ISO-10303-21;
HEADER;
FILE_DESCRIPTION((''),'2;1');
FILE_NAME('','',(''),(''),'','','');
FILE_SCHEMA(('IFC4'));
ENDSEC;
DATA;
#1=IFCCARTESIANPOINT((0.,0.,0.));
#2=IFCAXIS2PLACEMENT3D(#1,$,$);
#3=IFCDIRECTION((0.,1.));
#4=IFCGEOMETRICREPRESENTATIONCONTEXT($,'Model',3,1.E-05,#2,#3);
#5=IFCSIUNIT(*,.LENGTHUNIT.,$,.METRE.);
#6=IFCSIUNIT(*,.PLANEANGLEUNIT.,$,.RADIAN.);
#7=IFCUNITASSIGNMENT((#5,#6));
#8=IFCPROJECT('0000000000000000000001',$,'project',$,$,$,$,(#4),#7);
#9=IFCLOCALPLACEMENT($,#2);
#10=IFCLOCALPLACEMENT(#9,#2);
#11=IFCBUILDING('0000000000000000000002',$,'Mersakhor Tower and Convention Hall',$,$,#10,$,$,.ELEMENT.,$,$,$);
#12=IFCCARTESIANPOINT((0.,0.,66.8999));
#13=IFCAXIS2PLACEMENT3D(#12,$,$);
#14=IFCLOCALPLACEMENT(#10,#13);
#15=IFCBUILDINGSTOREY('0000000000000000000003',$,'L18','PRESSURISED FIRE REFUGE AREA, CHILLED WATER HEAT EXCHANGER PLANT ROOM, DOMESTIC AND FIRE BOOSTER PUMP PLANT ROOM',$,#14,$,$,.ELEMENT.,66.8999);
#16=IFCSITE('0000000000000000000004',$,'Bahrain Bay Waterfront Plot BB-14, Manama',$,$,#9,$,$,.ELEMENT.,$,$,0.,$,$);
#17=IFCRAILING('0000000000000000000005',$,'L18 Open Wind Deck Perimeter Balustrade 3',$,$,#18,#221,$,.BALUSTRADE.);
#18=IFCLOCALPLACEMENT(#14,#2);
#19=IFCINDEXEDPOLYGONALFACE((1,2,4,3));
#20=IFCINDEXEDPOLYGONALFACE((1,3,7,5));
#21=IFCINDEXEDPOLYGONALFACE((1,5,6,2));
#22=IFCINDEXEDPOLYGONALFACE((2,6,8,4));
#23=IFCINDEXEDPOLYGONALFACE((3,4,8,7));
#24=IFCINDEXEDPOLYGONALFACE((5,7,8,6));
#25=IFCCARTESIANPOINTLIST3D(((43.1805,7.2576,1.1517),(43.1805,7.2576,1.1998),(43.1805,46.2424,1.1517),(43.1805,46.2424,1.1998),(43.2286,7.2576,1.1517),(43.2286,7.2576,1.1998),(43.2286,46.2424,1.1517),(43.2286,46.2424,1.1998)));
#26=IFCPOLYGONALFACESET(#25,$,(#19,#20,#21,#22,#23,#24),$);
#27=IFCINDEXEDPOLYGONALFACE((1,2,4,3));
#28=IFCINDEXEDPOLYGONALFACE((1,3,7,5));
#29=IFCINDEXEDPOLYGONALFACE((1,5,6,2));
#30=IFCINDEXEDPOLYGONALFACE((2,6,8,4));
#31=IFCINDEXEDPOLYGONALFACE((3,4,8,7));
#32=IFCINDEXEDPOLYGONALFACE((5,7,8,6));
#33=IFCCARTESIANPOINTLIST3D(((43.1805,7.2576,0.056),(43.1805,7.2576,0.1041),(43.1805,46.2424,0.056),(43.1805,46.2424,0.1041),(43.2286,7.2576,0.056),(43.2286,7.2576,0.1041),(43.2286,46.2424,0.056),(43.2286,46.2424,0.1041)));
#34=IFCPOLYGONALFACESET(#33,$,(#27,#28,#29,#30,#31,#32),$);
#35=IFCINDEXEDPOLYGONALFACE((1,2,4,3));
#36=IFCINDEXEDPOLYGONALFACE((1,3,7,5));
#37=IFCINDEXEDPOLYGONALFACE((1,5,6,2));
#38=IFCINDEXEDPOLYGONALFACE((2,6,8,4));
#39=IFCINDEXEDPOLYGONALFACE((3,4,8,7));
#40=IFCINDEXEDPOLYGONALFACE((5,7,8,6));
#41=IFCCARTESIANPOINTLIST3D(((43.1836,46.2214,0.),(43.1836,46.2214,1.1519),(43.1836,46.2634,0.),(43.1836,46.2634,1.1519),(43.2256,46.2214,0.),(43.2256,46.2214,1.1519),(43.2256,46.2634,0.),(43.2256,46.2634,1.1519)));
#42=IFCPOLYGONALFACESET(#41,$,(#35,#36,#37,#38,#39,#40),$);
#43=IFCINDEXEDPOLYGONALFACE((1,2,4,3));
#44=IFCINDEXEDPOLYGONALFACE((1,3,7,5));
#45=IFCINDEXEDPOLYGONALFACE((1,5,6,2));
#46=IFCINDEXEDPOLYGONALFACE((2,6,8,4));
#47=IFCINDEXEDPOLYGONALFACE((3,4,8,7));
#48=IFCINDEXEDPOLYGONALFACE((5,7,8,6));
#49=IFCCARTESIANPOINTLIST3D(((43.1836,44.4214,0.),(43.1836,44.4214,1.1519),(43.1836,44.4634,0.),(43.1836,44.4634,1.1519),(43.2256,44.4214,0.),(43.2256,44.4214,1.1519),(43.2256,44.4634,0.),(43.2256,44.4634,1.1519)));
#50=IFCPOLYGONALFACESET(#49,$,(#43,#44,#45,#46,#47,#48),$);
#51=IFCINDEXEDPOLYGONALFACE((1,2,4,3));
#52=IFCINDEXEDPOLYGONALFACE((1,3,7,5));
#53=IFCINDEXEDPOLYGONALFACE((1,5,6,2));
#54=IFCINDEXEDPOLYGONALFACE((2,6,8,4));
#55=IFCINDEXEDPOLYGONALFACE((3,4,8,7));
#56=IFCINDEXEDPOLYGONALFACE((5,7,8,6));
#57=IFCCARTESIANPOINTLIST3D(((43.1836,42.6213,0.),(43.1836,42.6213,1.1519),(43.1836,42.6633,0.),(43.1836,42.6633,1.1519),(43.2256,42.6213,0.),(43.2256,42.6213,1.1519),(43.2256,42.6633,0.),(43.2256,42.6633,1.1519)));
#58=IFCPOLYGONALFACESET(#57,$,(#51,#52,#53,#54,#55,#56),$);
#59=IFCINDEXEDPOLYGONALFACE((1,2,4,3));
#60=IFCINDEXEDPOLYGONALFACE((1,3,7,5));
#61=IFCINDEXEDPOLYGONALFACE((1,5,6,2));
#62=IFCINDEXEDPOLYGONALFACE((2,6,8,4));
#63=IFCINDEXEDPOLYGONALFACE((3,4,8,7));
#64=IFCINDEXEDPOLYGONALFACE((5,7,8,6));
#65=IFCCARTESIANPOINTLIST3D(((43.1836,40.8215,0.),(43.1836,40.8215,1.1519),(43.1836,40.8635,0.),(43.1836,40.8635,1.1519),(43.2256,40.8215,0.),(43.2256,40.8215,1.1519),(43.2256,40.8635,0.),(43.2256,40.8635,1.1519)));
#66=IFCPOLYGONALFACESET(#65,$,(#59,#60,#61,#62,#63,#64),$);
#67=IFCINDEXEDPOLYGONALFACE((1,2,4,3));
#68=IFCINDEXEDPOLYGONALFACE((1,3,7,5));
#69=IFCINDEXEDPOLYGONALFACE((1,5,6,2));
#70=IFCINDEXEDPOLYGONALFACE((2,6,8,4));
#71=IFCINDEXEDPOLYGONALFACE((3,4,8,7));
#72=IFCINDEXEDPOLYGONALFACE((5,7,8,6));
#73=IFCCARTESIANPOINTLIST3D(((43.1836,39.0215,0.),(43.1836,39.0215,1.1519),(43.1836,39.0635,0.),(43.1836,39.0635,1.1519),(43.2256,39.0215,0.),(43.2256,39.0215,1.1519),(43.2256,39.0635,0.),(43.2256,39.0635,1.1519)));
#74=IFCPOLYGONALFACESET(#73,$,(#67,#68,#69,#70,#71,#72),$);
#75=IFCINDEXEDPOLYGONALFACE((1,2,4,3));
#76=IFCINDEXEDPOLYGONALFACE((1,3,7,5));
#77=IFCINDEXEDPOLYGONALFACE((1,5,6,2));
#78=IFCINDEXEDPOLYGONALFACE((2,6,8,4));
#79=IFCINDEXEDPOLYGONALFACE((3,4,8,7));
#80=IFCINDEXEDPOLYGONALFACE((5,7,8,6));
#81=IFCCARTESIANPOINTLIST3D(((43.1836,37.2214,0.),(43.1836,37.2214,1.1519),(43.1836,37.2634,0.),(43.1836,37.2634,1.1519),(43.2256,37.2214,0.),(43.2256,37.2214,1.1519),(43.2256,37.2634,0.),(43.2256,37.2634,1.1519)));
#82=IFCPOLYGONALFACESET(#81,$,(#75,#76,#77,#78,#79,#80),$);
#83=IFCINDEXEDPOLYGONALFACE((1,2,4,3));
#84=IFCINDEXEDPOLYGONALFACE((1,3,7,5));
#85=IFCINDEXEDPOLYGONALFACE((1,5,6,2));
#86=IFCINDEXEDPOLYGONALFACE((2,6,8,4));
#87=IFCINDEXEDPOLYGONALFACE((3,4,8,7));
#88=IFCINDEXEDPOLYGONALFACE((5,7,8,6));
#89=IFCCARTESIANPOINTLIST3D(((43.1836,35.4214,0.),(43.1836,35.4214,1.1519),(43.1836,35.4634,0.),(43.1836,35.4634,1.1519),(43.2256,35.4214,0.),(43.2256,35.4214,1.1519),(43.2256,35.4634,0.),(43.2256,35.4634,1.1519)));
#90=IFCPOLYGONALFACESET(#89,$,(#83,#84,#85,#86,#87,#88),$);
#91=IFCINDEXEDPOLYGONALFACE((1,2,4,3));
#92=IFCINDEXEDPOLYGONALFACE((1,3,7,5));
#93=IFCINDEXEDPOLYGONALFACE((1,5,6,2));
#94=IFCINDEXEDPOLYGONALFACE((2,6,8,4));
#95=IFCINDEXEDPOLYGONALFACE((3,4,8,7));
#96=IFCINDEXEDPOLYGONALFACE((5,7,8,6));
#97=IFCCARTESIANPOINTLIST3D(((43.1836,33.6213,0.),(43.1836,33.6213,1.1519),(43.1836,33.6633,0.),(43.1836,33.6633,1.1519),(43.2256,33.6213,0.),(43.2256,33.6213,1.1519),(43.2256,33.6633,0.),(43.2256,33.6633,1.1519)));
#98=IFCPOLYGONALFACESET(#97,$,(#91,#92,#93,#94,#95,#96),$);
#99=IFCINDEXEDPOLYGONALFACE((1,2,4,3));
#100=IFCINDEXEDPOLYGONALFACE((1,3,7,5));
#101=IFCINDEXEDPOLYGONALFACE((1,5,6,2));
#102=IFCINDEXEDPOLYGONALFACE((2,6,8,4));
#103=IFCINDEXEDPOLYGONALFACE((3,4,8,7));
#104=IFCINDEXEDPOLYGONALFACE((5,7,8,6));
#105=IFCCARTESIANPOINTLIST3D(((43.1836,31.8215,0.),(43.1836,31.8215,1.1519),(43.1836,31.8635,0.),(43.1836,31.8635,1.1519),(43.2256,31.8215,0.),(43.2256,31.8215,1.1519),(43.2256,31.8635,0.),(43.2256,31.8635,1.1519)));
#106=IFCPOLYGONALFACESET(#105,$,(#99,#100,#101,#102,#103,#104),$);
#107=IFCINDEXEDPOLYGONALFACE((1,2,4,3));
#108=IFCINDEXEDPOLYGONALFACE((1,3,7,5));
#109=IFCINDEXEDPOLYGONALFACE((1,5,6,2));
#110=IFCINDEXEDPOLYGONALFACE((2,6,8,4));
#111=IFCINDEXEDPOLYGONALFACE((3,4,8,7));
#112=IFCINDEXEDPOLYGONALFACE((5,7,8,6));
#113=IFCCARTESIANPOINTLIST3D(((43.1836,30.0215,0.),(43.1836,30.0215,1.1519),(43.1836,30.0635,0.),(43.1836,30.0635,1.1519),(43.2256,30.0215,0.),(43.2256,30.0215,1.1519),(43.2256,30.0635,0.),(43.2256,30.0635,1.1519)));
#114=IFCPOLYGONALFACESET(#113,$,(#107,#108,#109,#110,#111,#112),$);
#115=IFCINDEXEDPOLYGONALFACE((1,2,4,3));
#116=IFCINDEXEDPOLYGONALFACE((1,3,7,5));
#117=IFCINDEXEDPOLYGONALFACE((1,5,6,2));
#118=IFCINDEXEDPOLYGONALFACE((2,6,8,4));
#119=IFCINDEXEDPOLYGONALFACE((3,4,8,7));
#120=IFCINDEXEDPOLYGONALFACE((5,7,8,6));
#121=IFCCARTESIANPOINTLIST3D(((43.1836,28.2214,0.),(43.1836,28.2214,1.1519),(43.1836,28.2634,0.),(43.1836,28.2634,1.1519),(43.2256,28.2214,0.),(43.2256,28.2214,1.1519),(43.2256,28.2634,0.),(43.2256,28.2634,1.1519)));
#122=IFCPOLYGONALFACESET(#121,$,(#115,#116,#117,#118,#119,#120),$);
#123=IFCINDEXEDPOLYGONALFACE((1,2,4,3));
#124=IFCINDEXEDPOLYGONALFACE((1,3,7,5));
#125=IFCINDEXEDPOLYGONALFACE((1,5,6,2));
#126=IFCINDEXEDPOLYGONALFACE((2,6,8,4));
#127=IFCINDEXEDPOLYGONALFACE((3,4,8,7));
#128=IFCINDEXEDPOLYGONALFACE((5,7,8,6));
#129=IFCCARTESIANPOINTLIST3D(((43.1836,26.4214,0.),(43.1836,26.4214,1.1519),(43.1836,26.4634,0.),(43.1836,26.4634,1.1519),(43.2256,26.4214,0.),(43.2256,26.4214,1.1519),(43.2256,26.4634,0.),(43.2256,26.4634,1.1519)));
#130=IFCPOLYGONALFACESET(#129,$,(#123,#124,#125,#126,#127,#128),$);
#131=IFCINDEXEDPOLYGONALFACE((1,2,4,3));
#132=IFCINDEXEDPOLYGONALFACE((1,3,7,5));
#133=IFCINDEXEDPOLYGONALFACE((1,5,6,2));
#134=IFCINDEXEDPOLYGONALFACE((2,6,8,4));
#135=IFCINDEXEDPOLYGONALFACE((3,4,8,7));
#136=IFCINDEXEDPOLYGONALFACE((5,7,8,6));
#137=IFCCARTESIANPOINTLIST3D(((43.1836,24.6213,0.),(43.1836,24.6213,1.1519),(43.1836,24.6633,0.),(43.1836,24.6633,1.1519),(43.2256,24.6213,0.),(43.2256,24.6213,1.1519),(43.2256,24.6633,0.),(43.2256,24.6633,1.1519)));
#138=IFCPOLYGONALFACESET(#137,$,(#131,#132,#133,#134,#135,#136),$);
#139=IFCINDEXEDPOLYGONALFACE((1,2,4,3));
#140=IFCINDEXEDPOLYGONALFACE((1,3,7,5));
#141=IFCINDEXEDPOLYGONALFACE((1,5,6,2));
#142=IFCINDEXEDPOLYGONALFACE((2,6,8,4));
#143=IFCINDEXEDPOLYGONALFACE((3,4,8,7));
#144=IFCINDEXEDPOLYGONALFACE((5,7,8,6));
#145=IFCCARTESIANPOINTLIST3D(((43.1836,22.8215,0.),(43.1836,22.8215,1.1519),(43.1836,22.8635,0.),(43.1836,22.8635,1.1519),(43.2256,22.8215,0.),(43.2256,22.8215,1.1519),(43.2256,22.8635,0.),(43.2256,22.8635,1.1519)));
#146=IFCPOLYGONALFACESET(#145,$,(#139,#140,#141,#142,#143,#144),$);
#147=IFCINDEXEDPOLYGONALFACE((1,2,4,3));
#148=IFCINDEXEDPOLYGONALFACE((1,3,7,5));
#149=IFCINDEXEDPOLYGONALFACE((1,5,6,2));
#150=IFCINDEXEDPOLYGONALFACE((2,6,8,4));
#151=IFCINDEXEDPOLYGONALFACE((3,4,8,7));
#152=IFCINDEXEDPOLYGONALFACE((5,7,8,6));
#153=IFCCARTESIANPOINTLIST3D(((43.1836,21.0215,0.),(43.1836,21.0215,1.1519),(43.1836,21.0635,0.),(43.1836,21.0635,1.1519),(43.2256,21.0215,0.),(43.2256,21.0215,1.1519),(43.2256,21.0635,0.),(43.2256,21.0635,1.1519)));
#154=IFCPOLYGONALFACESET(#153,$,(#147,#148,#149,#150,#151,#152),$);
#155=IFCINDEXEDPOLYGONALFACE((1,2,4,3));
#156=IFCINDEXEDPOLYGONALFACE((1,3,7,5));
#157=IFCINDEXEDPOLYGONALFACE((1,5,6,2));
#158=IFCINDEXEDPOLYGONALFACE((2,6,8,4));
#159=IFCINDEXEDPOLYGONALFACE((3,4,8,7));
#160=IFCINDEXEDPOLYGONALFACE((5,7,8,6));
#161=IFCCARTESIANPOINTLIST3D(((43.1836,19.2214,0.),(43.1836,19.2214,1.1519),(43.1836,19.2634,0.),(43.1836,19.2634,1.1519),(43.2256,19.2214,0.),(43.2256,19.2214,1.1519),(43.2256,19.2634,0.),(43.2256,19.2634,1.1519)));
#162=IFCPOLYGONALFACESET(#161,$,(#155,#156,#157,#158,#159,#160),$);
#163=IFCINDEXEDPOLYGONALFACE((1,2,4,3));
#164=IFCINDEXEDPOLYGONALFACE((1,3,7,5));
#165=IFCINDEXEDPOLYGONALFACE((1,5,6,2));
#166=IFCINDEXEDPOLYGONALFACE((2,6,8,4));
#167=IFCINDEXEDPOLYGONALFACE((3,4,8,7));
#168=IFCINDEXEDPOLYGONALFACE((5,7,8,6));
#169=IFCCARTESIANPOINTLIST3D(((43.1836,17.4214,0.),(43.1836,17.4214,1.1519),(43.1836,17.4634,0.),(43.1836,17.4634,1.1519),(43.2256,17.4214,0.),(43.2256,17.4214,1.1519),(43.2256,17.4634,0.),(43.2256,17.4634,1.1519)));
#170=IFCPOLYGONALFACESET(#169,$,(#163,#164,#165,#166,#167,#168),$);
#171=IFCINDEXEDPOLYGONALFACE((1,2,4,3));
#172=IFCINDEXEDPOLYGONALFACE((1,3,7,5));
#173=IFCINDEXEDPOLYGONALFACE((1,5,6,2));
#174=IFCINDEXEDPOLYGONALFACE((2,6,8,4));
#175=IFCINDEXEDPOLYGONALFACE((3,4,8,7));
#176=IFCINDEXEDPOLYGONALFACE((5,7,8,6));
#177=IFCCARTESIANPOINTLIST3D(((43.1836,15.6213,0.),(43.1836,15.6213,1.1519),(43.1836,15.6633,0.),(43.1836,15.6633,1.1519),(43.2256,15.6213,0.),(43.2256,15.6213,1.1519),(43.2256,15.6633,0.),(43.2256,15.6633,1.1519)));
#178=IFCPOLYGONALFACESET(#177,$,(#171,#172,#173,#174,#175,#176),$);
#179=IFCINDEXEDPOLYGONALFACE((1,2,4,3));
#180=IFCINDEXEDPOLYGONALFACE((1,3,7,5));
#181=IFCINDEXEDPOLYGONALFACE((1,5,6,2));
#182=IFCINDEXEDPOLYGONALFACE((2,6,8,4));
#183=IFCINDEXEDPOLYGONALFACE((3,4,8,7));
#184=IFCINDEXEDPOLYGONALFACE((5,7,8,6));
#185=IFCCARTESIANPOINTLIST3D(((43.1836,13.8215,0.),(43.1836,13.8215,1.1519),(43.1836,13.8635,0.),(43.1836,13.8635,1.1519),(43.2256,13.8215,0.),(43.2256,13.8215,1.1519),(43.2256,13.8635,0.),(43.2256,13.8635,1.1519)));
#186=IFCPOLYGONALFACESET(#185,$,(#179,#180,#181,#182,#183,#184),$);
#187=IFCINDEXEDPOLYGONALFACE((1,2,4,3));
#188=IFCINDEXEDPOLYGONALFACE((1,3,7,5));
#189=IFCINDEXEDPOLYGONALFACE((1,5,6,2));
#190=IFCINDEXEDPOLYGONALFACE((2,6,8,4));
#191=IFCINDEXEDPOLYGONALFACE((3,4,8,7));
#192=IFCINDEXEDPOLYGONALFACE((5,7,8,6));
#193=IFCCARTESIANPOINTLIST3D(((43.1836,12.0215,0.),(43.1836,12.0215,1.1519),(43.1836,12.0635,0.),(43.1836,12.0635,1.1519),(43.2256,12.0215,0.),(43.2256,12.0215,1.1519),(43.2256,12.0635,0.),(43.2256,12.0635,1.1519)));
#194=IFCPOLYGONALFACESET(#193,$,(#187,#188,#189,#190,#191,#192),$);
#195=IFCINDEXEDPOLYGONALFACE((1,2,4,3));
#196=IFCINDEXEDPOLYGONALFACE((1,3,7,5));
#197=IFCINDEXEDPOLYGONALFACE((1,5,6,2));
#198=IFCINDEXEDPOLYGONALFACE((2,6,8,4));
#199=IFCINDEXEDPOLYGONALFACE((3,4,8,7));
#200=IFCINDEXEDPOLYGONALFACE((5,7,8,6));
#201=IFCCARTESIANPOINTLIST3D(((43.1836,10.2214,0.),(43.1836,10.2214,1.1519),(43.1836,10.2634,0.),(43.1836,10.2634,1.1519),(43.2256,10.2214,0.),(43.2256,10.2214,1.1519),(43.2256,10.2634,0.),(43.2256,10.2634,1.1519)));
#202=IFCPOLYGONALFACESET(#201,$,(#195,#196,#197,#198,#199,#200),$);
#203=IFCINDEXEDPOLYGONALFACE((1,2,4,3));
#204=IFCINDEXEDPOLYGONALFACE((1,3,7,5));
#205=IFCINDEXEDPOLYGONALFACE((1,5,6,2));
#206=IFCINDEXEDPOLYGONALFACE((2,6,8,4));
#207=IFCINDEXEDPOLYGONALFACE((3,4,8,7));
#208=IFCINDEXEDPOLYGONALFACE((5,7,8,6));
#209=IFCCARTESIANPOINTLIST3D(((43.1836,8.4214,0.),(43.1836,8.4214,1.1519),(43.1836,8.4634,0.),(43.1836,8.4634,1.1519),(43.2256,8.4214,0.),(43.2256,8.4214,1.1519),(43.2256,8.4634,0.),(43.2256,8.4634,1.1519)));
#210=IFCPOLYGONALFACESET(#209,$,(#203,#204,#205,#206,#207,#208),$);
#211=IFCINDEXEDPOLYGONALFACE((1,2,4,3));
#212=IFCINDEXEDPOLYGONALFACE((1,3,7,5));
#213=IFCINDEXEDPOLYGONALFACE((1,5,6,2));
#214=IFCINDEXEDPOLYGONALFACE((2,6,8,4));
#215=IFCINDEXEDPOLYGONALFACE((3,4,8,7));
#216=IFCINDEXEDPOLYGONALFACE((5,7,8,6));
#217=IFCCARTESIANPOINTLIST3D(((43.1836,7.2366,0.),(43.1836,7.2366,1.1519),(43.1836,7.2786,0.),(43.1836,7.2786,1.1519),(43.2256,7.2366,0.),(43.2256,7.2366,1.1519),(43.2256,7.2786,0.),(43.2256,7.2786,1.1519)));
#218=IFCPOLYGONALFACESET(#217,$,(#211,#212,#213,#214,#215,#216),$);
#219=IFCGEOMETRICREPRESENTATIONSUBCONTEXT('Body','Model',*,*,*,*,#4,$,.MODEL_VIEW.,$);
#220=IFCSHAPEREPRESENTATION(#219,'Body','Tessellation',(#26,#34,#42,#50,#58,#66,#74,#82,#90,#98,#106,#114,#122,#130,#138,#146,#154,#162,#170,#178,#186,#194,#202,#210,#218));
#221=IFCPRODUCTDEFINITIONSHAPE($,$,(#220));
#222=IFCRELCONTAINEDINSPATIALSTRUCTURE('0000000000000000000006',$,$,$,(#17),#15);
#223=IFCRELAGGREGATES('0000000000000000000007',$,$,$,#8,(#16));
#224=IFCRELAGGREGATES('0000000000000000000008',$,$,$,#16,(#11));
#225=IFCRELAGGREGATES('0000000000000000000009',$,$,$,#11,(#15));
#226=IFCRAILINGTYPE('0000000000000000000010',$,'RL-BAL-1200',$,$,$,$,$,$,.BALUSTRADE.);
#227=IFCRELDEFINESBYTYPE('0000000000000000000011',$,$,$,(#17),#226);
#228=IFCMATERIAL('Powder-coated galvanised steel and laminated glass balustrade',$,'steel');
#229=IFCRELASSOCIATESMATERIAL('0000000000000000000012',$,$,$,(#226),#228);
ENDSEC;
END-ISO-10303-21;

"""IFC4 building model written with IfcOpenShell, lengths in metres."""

from ifc_helpers import new_model, si_unit, direction, frame, origin, origin_2d, place, context, subcontext, project, spatial, rectangle, extrude, material, type_object, element, save


model = new_model("IFC4")

# Units and contexts
model_context = context("Model", 3, precision=1e-05, world=origin(), true_north=direction((0.0, 1.0)))
body_context = subcontext(model_context, "Body", "Model", "MODEL_VIEW")
ifc_project = project(units=[si_unit("LENGTHUNIT", "METRE"), si_unit("PLANEANGLEUNIT", "RADIAN")], contexts=[model_context])

# Site, building, storey
site_placement = place(None, origin())
site = spatial("IfcSite", under=ifc_project, at=site_placement, Name="Bahrain Bay Waterfront Plot BB-14, Manama", CompositionType="ELEMENT", RefElevation=0.0)
building_placement = place(site_placement, origin())
building = spatial("IfcBuilding", under=site, at=building_placement, Name="Mersakhor Tower and Convention Hall", CompositionType="ELEMENT")
storey_placement = place(building_placement, frame((0.0, 0.0, 66.8999)))
storey = spatial("IfcBuildingStorey", under=building, at=storey_placement, Name="L18", Description="PRESSURISED FIRE REFUGE AREA, CHILLED WATER HEAT EXCHANGER PLANT ROOM, DOMESTIC AND FIRE BOOSTER PUMP PLANT ROOM", CompositionType="ELEMENT", Elevation=66.8999)

# Railing
ifc_material_1 = material(Name="Powder-coated galvanised steel and laminated glass balustrade", Category="steel")
railing_type = type_object("IfcRailingType", Name="RL-BAL-1200", PredefinedType="BALUSTRADE", material=ifc_material_1)
railing_1_placement = place(storey_placement, frame((43.2046, 46.2424, 0.0)))
element("IfcRailing", 1, at=railing_1_placement, inside=storey, type_object=railing_type, Name="L18 Open Wind Deck Perimeter Balustrade 3", PredefinedType="BALUSTRADE", context=body_context, shape_type="SweptSolid", body=[
    extrude(rectangle(XDim=0.0481, YDim=0.0481, at=origin_2d()), frame((0.0, 0.0, 1.1758), z_axis=(0.0, -1.0, 0.0), x_axis=(1.0, 0.0, 0.0)), (0.0, 0.0, 1.0), 38.9849),
    extrude(rectangle(XDim=0.0481, YDim=0.0481, at=origin_2d()), frame((0.0, 0.0, 0.0801), z_axis=(0.0, -1.0, 0.0), x_axis=(1.0, 0.0, 0.0)), (0.0, 0.0, 1.0), 38.9849),
    extrude(rectangle(XDim=0.042, YDim=0.042, at=origin_2d()), origin(), (0.0, 0.0, 1.0), 1.1519),
    extrude(rectangle(XDim=0.042, YDim=0.042, at=origin_2d()), frame((0.0, -1.8, 0.0)), (0.0, 0.0, 1.0), 1.1519),
    extrude(rectangle(XDim=0.042, YDim=0.042, at=origin_2d()), frame((0.0, -3.6001, 0.0)), (0.0, 0.0, 1.0), 1.1519),
    extrude(rectangle(XDim=0.042, YDim=0.042, at=origin_2d()), frame((0.0, -5.3999, 0.0)), (0.0, 0.0, 1.0), 1.1519),
    extrude(rectangle(XDim=0.042, YDim=0.042, at=origin_2d()), frame((0.0, -7.2, 0.0)), (0.0, 0.0, 1.0), 1.1519),
    extrude(rectangle(XDim=0.042, YDim=0.042, at=origin_2d()), frame((0.0, -9.0, 0.0)), (0.0, 0.0, 1.0), 1.1519),
    extrude(rectangle(XDim=0.042, YDim=0.042, at=origin_2d()), frame((0.0, -10.8, 0.0)), (0.0, 0.0, 1.0), 1.1519),
    extrude(rectangle(XDim=0.042, YDim=0.042, at=origin_2d()), frame((0.0, -12.6001, 0.0)), (0.0, 0.0, 1.0), 1.1519),
    extrude(rectangle(XDim=0.042, YDim=0.042, at=origin_2d()), frame((0.0, -14.3999, 0.0)), (0.0, 0.0, 1.0), 1.1519),
    extrude(rectangle(XDim=0.042, YDim=0.042, at=origin_2d()), frame((0.0, -16.2, 0.0)), (0.0, 0.0, 1.0), 1.1519),
    extrude(rectangle(XDim=0.042, YDim=0.042, at=origin_2d()), frame((0.0, -18.0, 0.0)), (0.0, 0.0, 1.0), 1.1519),
    extrude(rectangle(XDim=0.042, YDim=0.042, at=origin_2d()), frame((0.0, -19.8, 0.0)), (0.0, 0.0, 1.0), 1.1519),
    extrude(rectangle(XDim=0.042, YDim=0.042, at=origin_2d()), frame((0.0, -21.6001, 0.0)), (0.0, 0.0, 1.0), 1.1519),
    extrude(rectangle(XDim=0.042, YDim=0.042, at=origin_2d()), frame((0.0, -23.3999, 0.0)), (0.0, 0.0, 1.0), 1.1519),
    extrude(rectangle(XDim=0.042, YDim=0.042, at=origin_2d()), frame((0.0, -25.2, 0.0)), (0.0, 0.0, 1.0), 1.1519),
    extrude(rectangle(XDim=0.042, YDim=0.042, at=origin_2d()), frame((0.0, -27.0, 0.0)), (0.0, 0.0, 1.0), 1.1519),
    extrude(rectangle(XDim=0.042, YDim=0.042, at=origin_2d()), frame((0.0, -28.8, 0.0)), (0.0, 0.0, 1.0), 1.1519),
    extrude(rectangle(XDim=0.042, YDim=0.042, at=origin_2d()), frame((0.0, -30.6001, 0.0)), (0.0, 0.0, 1.0), 1.1519),
    extrude(rectangle(XDim=0.042, YDim=0.042, at=origin_2d()), frame((0.0, -32.3999, 0.0)), (0.0, 0.0, 1.0), 1.1519),
    extrude(rectangle(XDim=0.042, YDim=0.042, at=origin_2d()), frame((0.0, -34.2, 0.0)), (0.0, 0.0, 1.0), 1.1519),
    extrude(rectangle(XDim=0.042, YDim=0.042, at=origin_2d()), frame((0.0, -36.0, 0.0)), (0.0, 0.0, 1.0), 1.1519),
    extrude(rectangle(XDim=0.042, YDim=0.042, at=origin_2d()), frame((0.0, -37.8, 0.0)), (0.0, 0.0, 1.0), 1.1519),
    extrude(rectangle(XDim=0.042, YDim=0.042, at=origin_2d()), frame((0.0, -38.9849, 0.0)), (0.0, 0.0, 1.0), 1.1519),
])

save(model, "model.ifc")
